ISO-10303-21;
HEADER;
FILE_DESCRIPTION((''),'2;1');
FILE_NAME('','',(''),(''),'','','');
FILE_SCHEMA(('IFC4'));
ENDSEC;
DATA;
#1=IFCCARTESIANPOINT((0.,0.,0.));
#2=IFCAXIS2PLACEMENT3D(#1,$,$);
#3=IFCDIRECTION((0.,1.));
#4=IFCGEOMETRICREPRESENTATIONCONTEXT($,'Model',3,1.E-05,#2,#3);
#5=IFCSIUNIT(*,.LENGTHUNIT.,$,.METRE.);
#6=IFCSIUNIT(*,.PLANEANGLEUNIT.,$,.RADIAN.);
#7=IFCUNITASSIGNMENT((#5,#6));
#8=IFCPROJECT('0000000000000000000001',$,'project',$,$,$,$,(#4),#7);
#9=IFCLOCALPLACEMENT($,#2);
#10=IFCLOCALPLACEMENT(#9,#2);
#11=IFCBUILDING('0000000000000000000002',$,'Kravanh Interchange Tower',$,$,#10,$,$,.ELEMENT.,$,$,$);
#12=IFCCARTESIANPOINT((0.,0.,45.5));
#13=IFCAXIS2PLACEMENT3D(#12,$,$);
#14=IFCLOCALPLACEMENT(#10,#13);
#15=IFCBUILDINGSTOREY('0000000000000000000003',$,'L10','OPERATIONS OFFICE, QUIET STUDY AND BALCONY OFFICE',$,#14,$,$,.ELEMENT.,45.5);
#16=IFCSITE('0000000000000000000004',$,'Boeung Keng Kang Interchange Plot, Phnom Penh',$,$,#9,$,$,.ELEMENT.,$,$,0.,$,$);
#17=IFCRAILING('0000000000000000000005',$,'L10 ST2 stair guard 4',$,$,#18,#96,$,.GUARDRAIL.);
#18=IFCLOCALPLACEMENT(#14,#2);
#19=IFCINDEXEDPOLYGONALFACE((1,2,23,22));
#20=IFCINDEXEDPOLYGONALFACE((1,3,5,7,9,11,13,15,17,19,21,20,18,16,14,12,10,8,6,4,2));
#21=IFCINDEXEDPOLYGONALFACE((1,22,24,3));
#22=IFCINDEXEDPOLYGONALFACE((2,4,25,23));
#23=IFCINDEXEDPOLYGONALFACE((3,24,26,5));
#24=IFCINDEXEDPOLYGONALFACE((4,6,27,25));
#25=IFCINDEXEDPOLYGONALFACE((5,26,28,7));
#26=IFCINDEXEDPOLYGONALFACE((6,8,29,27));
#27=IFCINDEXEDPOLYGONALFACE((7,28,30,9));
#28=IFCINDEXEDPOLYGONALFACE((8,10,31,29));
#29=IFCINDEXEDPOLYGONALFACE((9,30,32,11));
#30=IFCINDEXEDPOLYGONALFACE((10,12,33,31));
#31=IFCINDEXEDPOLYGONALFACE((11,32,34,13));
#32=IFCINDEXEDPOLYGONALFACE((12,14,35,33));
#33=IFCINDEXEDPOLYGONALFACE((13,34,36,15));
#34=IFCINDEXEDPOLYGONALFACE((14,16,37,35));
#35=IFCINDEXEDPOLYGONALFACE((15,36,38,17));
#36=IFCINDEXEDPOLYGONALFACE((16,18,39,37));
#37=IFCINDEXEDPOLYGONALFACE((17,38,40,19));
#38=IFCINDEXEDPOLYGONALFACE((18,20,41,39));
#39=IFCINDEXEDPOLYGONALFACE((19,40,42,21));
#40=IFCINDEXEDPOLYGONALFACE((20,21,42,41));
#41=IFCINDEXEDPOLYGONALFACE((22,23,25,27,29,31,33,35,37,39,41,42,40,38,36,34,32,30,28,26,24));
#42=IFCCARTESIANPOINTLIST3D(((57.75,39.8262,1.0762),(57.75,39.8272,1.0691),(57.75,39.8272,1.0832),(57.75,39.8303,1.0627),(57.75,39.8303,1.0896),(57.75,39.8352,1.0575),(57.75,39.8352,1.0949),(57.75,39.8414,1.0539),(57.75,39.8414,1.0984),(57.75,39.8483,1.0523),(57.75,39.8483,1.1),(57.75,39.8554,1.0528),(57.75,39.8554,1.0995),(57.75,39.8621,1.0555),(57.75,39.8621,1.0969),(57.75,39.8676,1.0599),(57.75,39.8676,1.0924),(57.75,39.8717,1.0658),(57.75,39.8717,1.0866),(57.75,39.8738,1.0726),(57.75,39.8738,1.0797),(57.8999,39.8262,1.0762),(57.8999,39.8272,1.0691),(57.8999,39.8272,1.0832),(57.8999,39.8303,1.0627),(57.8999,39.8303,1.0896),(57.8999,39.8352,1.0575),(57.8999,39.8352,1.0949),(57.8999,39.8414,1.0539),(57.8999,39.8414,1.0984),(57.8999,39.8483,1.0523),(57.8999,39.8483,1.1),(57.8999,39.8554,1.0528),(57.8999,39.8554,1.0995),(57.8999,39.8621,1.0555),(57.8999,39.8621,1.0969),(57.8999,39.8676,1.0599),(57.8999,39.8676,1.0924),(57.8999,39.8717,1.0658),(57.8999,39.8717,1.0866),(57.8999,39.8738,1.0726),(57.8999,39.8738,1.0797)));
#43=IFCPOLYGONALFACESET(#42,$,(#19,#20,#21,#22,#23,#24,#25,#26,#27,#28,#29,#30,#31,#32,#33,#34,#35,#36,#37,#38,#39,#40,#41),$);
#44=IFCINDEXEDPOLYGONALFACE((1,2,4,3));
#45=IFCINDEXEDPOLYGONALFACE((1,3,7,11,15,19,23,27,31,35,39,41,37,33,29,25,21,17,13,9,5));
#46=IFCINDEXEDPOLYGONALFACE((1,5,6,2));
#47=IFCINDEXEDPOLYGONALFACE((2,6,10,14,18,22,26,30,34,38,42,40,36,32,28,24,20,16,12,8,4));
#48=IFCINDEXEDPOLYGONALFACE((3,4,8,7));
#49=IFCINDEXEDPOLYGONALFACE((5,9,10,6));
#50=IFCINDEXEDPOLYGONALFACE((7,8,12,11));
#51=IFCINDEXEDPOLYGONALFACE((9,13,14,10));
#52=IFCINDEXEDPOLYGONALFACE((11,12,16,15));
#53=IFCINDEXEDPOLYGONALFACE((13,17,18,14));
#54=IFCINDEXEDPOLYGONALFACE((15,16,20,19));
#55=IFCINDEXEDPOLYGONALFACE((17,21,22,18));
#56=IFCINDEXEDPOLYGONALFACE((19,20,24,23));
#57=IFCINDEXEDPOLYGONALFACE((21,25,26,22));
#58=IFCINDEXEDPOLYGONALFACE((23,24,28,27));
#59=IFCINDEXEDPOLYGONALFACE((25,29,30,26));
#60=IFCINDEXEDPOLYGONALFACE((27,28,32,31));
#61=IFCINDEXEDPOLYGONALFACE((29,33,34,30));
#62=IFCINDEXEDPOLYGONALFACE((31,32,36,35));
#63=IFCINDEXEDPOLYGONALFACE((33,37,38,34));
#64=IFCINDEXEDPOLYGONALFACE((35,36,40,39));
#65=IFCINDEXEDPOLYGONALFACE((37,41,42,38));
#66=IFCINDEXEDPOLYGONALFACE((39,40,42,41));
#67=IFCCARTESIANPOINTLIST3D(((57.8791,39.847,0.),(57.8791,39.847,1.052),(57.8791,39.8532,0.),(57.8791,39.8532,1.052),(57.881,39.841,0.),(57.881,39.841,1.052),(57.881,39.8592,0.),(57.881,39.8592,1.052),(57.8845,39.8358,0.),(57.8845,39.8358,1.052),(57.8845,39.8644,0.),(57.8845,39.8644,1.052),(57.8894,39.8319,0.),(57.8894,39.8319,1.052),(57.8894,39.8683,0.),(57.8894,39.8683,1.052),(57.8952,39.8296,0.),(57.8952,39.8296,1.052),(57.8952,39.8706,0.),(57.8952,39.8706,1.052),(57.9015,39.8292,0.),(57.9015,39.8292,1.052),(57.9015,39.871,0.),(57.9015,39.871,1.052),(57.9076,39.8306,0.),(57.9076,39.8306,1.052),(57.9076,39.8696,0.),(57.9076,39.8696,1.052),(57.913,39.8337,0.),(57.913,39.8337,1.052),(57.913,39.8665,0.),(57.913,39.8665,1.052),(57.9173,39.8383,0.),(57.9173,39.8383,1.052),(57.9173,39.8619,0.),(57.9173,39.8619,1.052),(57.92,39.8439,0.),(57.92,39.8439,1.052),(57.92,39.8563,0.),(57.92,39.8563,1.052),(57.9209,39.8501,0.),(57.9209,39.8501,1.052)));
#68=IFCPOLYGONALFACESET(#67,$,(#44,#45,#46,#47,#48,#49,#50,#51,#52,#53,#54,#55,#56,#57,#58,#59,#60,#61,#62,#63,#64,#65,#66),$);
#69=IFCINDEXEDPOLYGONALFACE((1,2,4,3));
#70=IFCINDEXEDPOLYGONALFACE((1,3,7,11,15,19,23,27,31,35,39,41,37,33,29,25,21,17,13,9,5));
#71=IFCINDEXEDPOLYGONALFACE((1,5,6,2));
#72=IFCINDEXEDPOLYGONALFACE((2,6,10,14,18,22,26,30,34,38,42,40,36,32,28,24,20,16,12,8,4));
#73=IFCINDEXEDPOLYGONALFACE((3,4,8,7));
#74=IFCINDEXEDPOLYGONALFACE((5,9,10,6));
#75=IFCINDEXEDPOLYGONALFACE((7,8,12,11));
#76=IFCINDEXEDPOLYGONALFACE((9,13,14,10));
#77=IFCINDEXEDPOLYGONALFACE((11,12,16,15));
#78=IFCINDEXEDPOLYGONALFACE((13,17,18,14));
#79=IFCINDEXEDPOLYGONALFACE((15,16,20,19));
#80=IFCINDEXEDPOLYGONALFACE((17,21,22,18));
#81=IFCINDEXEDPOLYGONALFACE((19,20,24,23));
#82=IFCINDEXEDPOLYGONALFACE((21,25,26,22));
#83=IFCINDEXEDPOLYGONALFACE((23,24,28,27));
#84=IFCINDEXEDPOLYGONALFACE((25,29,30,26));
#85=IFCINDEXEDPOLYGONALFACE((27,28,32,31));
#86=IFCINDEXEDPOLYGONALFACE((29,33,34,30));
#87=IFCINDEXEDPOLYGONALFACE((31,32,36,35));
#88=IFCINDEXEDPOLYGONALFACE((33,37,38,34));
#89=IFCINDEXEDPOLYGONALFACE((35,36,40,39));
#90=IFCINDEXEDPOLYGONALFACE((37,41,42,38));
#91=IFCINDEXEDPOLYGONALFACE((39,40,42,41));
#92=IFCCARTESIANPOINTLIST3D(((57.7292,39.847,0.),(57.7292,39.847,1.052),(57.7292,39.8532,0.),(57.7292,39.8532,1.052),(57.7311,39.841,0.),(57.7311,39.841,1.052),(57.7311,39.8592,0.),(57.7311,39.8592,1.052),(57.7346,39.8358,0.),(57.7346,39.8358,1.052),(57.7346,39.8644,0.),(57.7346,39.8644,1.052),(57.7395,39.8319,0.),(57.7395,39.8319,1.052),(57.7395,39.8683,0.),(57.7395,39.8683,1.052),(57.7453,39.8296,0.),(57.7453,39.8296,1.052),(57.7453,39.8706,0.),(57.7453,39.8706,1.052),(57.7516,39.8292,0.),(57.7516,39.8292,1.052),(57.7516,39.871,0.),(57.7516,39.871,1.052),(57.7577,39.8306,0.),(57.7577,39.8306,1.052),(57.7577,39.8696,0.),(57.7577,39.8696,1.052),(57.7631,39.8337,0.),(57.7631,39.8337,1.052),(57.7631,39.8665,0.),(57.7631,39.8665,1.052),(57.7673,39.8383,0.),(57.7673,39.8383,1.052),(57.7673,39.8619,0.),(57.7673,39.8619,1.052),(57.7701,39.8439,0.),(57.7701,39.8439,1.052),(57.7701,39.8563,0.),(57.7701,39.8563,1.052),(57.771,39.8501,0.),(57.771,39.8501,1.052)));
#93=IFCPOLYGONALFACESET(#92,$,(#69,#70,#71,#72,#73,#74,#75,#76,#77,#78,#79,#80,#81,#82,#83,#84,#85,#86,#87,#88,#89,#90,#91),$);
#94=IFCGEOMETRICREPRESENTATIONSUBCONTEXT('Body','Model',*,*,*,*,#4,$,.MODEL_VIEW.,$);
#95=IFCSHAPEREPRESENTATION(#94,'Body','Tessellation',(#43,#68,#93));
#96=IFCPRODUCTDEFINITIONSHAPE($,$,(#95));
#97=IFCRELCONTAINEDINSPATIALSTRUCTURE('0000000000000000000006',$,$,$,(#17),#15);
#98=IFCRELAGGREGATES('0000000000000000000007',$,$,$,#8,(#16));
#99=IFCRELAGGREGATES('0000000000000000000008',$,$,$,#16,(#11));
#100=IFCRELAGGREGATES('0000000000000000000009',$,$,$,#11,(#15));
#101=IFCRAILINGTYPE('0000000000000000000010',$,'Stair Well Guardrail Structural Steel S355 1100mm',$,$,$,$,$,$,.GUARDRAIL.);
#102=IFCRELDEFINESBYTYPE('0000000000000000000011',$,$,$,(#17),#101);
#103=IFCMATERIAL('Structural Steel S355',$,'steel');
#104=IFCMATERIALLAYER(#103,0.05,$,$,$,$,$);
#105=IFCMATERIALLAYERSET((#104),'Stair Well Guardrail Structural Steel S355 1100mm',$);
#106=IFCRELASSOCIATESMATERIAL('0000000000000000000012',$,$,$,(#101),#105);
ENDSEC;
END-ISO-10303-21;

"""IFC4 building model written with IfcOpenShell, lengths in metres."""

from ifc_helpers import new_model, si_unit, direction, frame, origin, origin_2d, place, context, subcontext, project, spatial, circle, extrude, material, layer, layer_set, type_object, element, save


model = new_model("IFC4")

# Units and contexts
model_context = context("Model", 3, precision=1e-05, world=origin(), true_north=direction((0.0, 1.0)))
body_context = subcontext(model_context, "Body", "Model", "MODEL_VIEW")
ifc_project = project(units=[si_unit("LENGTHUNIT", "METRE"), si_unit("PLANEANGLEUNIT", "RADIAN")], contexts=[model_context])

# Site, building, storey
site_placement = place(None, origin())
site = spatial("IfcSite", under=ifc_project, at=site_placement, Name="Boeung Keng Kang Interchange Plot, Phnom Penh", CompositionType="ELEMENT", RefElevation=0.0)
building_placement = place(site_placement, origin())
building = spatial("IfcBuilding", under=site, at=building_placement, Name="Kravanh Interchange Tower", CompositionType="ELEMENT")
storey_placement = place(building_placement, frame((0.0, 0.0, 45.5)))
storey = spatial("IfcBuildingStorey", under=building, at=storey_placement, Name="L10", Description="OPERATIONS OFFICE, QUIET STUDY AND BALCONY OFFICE", CompositionType="ELEMENT", Elevation=45.5)

# Railing
ifc_material_1 = material(Name="Structural Steel S355", Category="steel")
ifc_layer_1 = layer(ifc_material_1, 0.05)
ifc_layer_set_1 = layer_set([ifc_layer_1], Name="Stair Well Guardrail Structural Steel S355 1100mm")
railing_type_1 = type_object("IfcRailingType", Name="Stair Well Guardrail Structural Steel S355 1100mm", PredefinedType="GUARDRAIL", material=ifc_layer_set_1)
railing_1_placement = place(storey_placement, frame((57.8999, 39.8501, 0.0)))
element("IfcRailing", 1, at=railing_1_placement, inside=storey, type_object=railing_type_1, Name="L10 ST2 stair guard 4", PredefinedType="GUARDRAIL", context=body_context, shape_type="SweptSolid", body=[
    extrude(circle(Radius=0.0239, at=origin_2d()), frame((0.0, 0.0, 1.0762), z_axis=(-1.0, 0.0, 0.0), x_axis=(0.0, -1.0, 0.0)), (0.0, 0.0, 1.0), 0.1499),
    extrude(circle(Radius=0.021, at=origin_2d()), origin(), (0.0, 0.0, 1.0), 1.052),
    extrude(circle(Radius=0.021, at=origin_2d()), frame((-0.1499, 0.0, 0.0)), (0.0, 0.0, 1.0), 1.052),
])

save(model, "model.ifc")
